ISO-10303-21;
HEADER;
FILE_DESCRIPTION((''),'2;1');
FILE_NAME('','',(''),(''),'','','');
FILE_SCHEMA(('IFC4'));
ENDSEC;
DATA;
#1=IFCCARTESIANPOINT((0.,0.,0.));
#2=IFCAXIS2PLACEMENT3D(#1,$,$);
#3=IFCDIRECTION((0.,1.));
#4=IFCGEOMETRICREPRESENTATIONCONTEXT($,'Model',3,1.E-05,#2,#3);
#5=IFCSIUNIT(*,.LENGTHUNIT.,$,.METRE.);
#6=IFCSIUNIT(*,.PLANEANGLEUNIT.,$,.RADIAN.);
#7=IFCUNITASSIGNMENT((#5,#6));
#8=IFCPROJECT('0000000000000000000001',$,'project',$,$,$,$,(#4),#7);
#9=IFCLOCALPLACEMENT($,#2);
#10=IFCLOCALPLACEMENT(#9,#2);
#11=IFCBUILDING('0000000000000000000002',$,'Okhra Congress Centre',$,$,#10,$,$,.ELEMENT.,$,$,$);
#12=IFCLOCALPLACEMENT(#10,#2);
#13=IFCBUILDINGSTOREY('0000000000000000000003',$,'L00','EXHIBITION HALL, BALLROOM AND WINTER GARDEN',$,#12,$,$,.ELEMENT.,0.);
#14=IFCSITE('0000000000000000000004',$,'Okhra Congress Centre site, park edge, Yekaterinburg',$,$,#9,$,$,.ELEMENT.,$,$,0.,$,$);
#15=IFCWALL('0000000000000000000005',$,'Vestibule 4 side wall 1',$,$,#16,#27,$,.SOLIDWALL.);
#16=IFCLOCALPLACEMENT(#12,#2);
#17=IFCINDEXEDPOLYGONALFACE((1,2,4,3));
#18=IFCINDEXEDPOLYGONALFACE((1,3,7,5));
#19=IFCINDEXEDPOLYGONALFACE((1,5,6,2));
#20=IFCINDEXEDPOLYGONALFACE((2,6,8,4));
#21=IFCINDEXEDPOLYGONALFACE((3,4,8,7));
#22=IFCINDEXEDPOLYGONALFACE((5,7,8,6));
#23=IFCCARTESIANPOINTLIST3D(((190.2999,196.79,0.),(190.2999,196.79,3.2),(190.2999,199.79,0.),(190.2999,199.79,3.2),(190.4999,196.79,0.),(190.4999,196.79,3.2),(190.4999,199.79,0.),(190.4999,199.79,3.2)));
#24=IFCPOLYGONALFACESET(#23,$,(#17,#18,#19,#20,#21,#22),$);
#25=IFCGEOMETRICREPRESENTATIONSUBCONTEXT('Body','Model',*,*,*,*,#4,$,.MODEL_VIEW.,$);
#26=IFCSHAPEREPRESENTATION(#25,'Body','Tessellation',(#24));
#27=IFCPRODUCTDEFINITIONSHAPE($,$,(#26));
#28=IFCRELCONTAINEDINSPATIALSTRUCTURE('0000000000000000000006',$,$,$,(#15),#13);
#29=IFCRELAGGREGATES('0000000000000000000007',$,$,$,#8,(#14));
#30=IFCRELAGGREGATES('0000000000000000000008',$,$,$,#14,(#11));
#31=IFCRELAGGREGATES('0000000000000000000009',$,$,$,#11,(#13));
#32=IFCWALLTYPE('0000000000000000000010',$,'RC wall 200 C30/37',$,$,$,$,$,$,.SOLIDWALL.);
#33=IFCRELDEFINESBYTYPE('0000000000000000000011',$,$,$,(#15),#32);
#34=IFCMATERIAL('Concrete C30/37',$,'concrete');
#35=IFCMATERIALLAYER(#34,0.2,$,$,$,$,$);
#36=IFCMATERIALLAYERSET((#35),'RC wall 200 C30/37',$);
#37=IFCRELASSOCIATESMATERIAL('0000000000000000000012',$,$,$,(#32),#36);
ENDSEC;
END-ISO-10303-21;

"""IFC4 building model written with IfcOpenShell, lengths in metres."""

from ifc_helpers import new_model, si_unit, direction, frame, frame_2d, origin, place, context, subcontext, project, spatial, rectangle, extrude, material, layer, layer_set, type_object, element, save


model = new_model("IFC4")

# Units and contexts
model_context = context("Model", 3, precision=1e-05, world=origin(), true_north=direction((0.0, 1.0)))
body_context = subcontext(model_context, "Body", "Model", "MODEL_VIEW")
ifc_project = project(units=[si_unit("LENGTHUNIT", "METRE"), si_unit("PLANEANGLEUNIT", "RADIAN")], contexts=[model_context])

# Site, building, storey
site_placement = place(None, origin())
site = spatial("IfcSite", under=ifc_project, at=site_placement, Name="Okhra Congress Centre site, park edge, Yekaterinburg", CompositionType="ELEMENT", RefElevation=0.0)
building_placement = place(site_placement, origin())
building = spatial("IfcBuilding", under=site, at=building_placement, Name="Okhra Congress Centre", CompositionType="ELEMENT")
storey_placement = place(building_placement, origin())
storey = spatial("IfcBuildingStorey", under=building, at=storey_placement, Name="L00", Description="EXHIBITION HALL, BALLROOM AND WINTER GARDEN", CompositionType="ELEMENT", Elevation=0.0)

# Shared definitions
ifc_material_1 = material(Name="Concrete C30/37", Category="concrete")

# Wall
ifc_layer_1 = layer(ifc_material_1, 0.2)
ifc_layer_set_1 = layer_set([ifc_layer_1], Name="RC wall 200 C30/37")
wall_type_1 = type_object("IfcWallType", Name="RC wall 200 C30/37", PredefinedType="SOLIDWALL", material=ifc_layer_set_1)
wall_1_placement = place(storey_placement, frame((190.3999, 199.79, 0.0), z_axis=(0.0, 0.0, 1.0), x_axis=(0.0, -1.0, 0.0)))
element("IfcWall", 1, at=wall_1_placement, inside=storey, type_object=wall_type_1, Name="Vestibule 4 side wall 1", PredefinedType="SOLIDWALL", context=body_context, shape_type="SweptSolid", body=[
    extrude(rectangle(XDim=3.0, YDim=0.2, at=frame_2d((1.5, 0.0))), origin(), (0.0, 0.0, 1.0), 3.2),
])

save(model, "model.ifc")
